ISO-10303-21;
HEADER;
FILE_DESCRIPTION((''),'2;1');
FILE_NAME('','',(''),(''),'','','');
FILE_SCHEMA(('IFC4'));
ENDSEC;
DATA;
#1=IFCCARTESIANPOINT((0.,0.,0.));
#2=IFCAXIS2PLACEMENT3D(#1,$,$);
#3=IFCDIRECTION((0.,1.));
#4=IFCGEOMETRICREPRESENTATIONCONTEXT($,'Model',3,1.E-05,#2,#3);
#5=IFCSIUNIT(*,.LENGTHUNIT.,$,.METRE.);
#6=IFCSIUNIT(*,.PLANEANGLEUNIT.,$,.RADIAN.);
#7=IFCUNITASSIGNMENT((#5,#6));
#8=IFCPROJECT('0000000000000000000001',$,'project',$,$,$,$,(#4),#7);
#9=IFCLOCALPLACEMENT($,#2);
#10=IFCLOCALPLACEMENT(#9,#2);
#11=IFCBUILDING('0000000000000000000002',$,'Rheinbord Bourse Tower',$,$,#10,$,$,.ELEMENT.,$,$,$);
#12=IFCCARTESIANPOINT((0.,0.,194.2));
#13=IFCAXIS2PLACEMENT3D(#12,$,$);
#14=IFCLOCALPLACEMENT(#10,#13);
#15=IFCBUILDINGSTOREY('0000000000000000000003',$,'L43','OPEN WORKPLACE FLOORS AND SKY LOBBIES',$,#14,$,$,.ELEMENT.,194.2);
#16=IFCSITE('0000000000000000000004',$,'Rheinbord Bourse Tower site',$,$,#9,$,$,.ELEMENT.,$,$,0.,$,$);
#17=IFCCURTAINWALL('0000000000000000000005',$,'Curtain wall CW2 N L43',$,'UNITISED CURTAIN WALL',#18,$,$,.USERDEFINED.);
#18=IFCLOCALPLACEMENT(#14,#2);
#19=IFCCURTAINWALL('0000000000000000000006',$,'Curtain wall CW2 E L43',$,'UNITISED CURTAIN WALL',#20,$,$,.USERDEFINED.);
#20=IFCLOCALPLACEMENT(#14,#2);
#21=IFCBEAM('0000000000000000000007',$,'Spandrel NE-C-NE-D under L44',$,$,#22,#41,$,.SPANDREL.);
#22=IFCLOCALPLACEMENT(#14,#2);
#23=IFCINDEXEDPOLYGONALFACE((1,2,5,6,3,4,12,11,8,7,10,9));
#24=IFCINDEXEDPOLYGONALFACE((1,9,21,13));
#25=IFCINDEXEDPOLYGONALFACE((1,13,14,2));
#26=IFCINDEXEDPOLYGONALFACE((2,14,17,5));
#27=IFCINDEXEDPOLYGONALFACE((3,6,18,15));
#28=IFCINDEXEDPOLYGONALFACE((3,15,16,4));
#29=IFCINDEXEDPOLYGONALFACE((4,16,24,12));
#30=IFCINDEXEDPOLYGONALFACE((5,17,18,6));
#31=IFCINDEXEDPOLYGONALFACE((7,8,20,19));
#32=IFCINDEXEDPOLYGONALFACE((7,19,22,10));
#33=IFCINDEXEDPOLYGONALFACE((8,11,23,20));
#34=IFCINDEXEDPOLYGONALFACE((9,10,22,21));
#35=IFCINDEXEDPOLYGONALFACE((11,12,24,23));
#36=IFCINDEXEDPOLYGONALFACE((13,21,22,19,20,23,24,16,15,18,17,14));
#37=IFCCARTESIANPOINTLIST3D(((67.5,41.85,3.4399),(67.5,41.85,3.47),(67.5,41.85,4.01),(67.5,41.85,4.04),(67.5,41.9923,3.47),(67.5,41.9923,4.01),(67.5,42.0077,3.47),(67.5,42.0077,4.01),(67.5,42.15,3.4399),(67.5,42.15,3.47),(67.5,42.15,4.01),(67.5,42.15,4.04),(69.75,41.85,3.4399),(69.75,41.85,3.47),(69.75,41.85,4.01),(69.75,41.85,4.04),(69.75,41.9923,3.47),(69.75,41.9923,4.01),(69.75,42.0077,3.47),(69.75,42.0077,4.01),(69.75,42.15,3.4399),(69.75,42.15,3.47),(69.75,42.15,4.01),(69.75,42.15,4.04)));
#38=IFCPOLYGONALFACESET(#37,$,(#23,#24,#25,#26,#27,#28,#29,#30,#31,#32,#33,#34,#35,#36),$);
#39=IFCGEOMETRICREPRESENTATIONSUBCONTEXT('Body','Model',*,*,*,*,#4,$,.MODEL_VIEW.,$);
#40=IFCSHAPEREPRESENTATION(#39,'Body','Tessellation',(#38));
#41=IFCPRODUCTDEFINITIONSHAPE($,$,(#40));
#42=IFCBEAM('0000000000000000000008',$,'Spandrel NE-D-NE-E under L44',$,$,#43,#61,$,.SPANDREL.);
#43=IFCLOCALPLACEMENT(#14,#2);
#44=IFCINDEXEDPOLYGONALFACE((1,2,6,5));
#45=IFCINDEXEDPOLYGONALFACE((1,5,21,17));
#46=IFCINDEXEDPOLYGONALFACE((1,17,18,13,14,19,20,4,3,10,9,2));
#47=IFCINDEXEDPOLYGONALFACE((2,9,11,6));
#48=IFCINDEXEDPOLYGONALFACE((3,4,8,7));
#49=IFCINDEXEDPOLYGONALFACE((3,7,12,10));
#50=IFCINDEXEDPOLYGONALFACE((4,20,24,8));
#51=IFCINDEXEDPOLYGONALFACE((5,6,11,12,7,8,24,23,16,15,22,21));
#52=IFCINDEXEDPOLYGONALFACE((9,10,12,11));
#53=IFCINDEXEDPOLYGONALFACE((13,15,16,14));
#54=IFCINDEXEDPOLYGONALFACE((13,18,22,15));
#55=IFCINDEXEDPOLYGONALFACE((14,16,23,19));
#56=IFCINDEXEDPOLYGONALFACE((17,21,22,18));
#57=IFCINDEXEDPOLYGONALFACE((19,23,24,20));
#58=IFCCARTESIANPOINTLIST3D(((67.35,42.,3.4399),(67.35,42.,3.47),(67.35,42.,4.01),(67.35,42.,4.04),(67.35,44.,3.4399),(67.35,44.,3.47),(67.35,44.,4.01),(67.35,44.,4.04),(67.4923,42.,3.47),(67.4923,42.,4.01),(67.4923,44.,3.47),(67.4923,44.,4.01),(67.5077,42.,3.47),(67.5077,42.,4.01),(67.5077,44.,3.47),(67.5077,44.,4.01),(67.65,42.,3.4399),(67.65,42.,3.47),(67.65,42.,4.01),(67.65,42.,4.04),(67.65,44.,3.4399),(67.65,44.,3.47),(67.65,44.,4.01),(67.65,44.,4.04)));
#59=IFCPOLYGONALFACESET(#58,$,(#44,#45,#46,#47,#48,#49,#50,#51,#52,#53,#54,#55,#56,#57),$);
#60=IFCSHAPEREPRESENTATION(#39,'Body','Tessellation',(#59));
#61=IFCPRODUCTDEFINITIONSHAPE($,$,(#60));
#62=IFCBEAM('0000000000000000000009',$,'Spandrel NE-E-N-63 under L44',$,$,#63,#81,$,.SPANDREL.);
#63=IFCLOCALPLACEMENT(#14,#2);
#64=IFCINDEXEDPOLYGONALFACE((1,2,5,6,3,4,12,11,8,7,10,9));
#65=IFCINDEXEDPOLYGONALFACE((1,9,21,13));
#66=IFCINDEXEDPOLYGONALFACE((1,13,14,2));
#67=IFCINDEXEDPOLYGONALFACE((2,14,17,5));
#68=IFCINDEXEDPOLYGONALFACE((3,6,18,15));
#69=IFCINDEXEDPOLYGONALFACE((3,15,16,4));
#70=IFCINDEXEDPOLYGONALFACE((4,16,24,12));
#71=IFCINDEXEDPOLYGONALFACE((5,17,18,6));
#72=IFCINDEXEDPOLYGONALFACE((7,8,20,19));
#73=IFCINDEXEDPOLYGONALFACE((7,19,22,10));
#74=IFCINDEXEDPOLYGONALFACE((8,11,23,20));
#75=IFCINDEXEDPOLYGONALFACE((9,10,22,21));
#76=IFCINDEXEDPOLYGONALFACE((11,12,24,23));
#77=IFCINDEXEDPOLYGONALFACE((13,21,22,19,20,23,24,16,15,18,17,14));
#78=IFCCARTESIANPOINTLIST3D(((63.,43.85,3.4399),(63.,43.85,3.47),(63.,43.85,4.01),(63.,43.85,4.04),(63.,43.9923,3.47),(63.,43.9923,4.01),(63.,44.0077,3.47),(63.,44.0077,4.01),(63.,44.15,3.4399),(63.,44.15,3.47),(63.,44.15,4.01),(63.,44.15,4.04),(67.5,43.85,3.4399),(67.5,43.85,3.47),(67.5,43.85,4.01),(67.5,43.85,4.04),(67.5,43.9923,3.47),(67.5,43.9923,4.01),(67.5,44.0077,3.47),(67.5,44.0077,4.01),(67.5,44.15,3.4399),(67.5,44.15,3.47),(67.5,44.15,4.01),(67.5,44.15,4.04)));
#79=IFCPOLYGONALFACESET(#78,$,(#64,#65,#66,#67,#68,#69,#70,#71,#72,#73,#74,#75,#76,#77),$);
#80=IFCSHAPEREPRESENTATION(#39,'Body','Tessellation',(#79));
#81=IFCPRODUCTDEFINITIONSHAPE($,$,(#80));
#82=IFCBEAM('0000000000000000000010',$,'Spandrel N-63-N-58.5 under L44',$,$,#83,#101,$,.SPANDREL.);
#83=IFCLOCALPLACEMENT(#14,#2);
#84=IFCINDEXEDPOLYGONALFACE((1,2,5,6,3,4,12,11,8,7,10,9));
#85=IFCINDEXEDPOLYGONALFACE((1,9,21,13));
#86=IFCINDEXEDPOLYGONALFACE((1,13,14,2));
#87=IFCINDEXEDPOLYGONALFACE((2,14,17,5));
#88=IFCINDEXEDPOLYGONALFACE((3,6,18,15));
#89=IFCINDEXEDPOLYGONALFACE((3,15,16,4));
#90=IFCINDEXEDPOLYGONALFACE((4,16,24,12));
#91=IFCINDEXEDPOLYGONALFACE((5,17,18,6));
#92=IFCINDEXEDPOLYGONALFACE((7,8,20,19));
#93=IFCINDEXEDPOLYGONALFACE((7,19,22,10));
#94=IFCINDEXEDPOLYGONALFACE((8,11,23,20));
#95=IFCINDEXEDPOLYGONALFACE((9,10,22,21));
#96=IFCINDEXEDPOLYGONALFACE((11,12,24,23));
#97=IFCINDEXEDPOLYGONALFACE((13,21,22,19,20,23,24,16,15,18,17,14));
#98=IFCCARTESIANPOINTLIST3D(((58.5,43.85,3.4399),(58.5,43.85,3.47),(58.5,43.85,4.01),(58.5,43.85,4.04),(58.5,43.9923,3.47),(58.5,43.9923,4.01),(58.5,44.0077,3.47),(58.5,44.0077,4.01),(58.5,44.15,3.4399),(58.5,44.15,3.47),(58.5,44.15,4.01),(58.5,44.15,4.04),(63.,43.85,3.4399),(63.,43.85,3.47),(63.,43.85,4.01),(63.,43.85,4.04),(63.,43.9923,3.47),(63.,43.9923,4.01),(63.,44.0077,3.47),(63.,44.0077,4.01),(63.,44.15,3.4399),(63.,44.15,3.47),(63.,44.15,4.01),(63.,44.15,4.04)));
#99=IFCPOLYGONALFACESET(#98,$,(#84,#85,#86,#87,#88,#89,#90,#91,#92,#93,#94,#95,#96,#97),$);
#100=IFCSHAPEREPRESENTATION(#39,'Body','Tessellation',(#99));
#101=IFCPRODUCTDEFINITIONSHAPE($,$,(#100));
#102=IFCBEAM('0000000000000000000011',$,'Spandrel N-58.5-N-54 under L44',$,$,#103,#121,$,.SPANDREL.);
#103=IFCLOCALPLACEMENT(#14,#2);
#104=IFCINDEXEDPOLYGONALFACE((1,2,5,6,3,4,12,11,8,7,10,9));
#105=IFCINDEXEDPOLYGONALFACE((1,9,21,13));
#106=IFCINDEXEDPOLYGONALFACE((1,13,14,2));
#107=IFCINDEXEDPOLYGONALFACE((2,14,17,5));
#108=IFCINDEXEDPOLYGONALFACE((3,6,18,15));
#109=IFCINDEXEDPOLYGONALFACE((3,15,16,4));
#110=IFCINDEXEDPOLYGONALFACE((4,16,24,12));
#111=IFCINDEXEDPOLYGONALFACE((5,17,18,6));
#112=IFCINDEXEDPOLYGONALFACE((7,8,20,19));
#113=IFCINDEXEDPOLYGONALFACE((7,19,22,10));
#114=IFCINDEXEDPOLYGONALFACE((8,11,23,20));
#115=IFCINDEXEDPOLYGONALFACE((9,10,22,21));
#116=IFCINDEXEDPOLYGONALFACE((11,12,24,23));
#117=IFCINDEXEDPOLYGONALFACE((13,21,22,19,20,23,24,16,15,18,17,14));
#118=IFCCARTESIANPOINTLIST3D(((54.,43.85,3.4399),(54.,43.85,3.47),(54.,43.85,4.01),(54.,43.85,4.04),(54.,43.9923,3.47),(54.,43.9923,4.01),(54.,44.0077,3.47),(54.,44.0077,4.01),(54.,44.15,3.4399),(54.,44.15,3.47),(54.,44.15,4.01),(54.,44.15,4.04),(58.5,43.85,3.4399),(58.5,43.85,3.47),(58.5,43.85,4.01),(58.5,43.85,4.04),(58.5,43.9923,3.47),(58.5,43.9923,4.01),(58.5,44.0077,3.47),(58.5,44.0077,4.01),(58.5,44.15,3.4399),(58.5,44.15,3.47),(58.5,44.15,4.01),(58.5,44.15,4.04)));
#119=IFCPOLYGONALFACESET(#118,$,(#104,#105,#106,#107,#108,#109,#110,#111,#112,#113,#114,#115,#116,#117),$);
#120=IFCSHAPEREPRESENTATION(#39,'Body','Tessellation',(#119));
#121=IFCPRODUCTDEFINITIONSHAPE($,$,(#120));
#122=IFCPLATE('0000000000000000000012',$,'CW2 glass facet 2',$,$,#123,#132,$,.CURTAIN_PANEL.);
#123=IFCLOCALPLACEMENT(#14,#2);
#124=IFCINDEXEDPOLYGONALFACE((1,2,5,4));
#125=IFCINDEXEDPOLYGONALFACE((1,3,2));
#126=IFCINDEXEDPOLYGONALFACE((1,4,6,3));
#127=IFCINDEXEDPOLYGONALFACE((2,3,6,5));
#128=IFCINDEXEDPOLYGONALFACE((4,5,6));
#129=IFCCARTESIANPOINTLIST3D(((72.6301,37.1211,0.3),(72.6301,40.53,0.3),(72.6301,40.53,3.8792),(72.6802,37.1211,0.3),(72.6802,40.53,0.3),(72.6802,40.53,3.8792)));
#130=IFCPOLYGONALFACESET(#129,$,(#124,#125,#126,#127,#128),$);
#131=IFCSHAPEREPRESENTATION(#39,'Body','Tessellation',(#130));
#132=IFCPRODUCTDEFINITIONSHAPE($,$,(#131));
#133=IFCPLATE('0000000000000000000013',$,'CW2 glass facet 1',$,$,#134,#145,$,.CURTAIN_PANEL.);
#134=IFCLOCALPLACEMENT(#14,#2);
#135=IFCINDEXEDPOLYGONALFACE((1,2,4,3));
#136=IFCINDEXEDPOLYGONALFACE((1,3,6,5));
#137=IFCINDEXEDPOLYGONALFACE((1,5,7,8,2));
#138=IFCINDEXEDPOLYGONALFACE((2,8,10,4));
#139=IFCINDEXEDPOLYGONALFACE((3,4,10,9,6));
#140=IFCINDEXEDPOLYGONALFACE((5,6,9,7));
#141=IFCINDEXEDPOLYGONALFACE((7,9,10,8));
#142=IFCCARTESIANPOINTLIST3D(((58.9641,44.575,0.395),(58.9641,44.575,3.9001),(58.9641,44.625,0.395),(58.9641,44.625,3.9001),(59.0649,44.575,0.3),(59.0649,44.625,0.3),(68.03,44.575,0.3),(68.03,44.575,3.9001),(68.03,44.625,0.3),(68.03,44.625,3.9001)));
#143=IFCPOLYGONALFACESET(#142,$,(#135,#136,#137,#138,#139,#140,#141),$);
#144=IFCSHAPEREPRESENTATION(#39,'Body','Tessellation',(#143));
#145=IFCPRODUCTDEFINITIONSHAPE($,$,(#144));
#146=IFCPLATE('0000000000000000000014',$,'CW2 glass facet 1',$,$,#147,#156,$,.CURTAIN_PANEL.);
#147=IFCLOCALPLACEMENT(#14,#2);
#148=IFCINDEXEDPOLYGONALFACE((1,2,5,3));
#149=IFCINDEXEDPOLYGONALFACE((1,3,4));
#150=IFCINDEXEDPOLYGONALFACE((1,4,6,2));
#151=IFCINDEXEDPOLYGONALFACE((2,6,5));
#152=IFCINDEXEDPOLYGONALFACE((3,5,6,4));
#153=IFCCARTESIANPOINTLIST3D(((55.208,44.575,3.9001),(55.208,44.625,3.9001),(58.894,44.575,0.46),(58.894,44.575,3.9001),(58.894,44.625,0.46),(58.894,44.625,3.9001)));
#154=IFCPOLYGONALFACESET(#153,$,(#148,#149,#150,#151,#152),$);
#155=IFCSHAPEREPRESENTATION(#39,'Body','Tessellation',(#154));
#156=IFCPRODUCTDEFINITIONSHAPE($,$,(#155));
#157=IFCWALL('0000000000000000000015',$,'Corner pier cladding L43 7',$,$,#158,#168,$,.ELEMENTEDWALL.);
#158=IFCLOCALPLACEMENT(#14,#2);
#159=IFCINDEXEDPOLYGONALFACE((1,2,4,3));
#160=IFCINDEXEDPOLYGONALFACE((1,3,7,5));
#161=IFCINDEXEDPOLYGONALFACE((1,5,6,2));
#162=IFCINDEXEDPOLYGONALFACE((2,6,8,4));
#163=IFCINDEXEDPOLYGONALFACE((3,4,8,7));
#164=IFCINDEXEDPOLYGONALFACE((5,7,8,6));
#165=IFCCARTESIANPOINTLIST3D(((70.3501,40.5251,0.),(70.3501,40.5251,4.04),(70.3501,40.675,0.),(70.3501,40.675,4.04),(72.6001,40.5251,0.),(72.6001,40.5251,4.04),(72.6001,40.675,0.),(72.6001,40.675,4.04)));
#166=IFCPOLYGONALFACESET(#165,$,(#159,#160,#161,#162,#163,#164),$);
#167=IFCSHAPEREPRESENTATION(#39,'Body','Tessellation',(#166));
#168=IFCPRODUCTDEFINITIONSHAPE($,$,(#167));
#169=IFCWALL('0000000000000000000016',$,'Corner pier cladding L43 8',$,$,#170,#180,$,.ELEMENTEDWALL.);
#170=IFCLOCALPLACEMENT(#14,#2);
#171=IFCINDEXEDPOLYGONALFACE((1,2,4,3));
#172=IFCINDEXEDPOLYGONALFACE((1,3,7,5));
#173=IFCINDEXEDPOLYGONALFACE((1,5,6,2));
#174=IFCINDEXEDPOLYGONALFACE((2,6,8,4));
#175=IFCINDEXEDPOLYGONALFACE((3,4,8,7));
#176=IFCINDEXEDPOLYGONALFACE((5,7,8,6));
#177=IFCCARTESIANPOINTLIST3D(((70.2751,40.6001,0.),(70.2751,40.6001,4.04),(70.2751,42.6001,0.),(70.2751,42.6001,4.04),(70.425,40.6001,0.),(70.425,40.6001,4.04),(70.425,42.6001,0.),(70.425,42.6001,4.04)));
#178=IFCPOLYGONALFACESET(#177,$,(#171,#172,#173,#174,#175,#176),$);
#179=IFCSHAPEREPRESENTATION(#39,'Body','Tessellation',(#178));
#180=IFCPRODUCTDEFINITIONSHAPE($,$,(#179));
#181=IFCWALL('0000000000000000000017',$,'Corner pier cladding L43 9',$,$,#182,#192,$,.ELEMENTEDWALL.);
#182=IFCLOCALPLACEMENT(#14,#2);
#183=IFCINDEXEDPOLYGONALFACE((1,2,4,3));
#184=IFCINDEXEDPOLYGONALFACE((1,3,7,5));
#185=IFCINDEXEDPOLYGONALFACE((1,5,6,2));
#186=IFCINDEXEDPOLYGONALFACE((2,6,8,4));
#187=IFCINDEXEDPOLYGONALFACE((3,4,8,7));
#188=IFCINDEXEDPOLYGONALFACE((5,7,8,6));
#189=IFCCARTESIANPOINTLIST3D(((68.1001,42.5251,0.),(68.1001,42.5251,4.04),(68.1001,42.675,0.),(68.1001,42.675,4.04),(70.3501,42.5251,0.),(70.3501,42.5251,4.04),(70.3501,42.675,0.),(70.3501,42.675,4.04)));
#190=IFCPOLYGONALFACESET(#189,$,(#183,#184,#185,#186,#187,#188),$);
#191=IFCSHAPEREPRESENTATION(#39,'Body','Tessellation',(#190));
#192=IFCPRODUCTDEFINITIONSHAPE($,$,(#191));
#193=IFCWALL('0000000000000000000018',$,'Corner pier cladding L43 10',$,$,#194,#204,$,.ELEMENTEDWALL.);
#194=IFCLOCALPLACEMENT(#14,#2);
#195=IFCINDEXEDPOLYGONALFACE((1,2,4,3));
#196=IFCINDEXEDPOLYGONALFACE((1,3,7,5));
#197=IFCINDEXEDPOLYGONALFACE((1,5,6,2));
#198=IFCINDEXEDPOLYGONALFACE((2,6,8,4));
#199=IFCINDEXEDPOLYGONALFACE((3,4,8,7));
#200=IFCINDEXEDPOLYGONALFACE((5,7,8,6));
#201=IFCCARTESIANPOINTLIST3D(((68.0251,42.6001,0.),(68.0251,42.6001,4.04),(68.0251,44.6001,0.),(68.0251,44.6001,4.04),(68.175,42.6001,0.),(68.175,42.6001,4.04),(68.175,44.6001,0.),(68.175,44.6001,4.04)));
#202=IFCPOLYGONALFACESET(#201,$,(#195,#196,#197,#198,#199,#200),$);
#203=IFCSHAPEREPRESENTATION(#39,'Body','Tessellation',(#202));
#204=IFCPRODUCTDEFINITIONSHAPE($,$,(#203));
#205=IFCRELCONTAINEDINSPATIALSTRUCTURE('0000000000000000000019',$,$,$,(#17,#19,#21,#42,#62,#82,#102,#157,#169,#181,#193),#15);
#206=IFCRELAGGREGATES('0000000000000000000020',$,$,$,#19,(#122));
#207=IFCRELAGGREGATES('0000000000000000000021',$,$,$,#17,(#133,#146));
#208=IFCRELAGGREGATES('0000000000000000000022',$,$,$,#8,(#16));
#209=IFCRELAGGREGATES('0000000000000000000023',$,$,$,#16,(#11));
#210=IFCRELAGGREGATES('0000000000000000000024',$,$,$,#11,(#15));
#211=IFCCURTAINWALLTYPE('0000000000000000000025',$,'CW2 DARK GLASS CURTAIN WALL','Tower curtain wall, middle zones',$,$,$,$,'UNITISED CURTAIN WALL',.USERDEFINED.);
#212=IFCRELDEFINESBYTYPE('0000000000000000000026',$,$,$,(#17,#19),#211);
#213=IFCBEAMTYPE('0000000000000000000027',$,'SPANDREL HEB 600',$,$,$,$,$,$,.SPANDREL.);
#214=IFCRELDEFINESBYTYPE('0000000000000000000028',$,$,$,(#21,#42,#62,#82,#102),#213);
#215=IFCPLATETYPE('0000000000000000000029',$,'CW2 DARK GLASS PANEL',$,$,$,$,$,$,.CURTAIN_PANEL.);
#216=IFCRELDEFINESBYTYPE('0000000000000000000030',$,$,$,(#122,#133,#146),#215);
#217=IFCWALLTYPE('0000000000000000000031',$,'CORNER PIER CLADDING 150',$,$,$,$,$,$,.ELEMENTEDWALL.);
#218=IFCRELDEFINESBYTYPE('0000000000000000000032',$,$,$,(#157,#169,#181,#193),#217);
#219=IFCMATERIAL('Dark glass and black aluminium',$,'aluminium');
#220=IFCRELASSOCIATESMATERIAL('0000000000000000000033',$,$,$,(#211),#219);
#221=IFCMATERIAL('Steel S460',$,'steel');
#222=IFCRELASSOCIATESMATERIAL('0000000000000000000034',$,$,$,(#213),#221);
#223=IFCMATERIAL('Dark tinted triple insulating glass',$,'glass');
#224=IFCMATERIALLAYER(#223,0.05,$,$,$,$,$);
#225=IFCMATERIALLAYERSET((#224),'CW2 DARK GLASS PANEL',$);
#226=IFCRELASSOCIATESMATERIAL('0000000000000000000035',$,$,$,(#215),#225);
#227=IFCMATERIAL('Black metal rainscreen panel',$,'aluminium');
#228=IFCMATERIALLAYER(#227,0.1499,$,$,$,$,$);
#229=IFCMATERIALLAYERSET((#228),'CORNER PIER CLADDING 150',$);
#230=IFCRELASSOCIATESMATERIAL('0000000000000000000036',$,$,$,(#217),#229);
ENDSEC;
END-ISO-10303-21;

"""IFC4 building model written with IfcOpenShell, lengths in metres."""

from ifc_helpers import new_model, si_unit, direction, frame, frame_2d, origin, origin_2d, place, context, subcontext, project, spatial, polyline, rectangle, i_section, outline, extrude, material, layer, layer_set, material_profile, profile_set, type_object, element, aggregate, save


model = new_model("IFC4")

# Units and contexts
model_context = context("Model", 3, precision=1e-05, world=origin(), true_north=direction((0.0, 1.0)))
body_context = subcontext(model_context, "Body", "Model", "MODEL_VIEW")
ifc_project = project(units=[si_unit("LENGTHUNIT", "METRE"), si_unit("PLANEANGLEUNIT", "RADIAN")], contexts=[model_context])

# Site, building, storey
site_placement = place(None, origin())
site = spatial("IfcSite", under=ifc_project, at=site_placement, Name="Rheinbord Bourse Tower site", CompositionType="ELEMENT", RefElevation=0.0)
building_placement = place(site_placement, origin())
building = spatial("IfcBuilding", under=site, at=building_placement, Name="Rheinbord Bourse Tower", CompositionType="ELEMENT")
storey_placement = place(building_placement, frame((0.0, 0.0, 194.2)))
storey = spatial("IfcBuildingStorey", under=building, at=storey_placement, Name="L43", Description="OPEN WORKPLACE FLOORS AND SKY LOBBIES", CompositionType="ELEMENT", Elevation=194.2)

# Curtain walls
ifc_material_1 = material(Name="Dark glass and black aluminium", Category="aluminium")
curtain_wall_type = type_object("IfcCurtainWallType", Name="CW2 DARK GLASS CURTAIN WALL", Description="Tower curtain wall, middle zones", ElementType="UNITISED CURTAIN WALL", PredefinedType="USERDEFINED", material=ifc_material_1)
curtain_wall_1_placement = place(storey_placement, origin())
curtain_wall_1 = element("IfcCurtainWall", 1, at=curtain_wall_1_placement, inside=storey, type_object=curtain_wall_type, Name="Curtain wall CW2 N L43", ObjectType="UNITISED CURTAIN WALL", PredefinedType="USERDEFINED")
curtain_wall_2_placement = place(storey_placement, origin())
curtain_wall_2 = element("IfcCurtainWall", 2, at=curtain_wall_2_placement, inside=storey, type_object=curtain_wall_type, Name="Curtain wall CW2 E L43", ObjectType="UNITISED CURTAIN WALL", PredefinedType="USERDEFINED")

# Beams
ifc_material_2 = material(Name="Steel S460", Category="steel")
ifc_material_profile_1 = material_profile(ifc_material_2, i_section(OverallWidth=0.3, OverallDepth=0.6001, WebThickness=0.0154, FlangeThickness=0.03, at=origin_2d()), Name="HEB 600")
ifc_profile_set_1 = profile_set([ifc_material_profile_1], Name="Steel S460")
beam_type_1 = type_object("IfcBeamType", Name="SPANDREL HEB 600", PredefinedType="SPANDREL", material=ifc_profile_set_1)
for number, where, z_axis, x_axis, name in (
    (3, (69.75, 42.0, 3.74), (-1.0, 0.0, 0.0), (0.0, -1.0, 0.0), "Spandrel NE-C-NE-D under L44"),
):
    element("IfcBeam", number, at=place(storey_placement, frame(where, z_axis=z_axis, x_axis=x_axis)), inside=storey, type_object=beam_type_1, Name=name, PredefinedType="SPANDREL", context=body_context, shape_type="SweptSolid", body=[
        extrude(i_section(OverallWidth=0.3, OverallDepth=0.6001, WebThickness=0.0154, FlangeThickness=0.03, at=origin_2d()), origin(), (0.0, 0.0, 1.0), 2.25),
    ])
beam_placement = place(storey_placement, frame((67.5, 42.0, 3.74), z_axis=(0.0, 1.0, 0.0), x_axis=(-1.0, 0.0, 0.0)))
element("IfcBeam", 4, at=beam_placement, inside=storey, type_object=beam_type_1, Name="Spandrel NE-D-NE-E under L44", PredefinedType="SPANDREL", context=body_context, shape_type="SweptSolid", body=[
    extrude(i_section(OverallWidth=0.3, OverallDepth=0.6001, WebThickness=0.0154, FlangeThickness=0.03, at=origin_2d()), origin(), (0.0, 0.0, 1.0), 2.0),
])
for number, where, z_axis, x_axis, name in (
    (5, (67.5, 44.0, 3.74), (-1.0, 0.0, 0.0), (0.0, -1.0, 0.0), "Spandrel NE-E-N-63 under L44"),
    (6, (63.0, 44.0, 3.74), (-1.0, 0.0, 0.0), (0.0, -1.0, 0.0), "Spandrel N-63-N-58.5 under L44"),
    (7, (58.5, 44.0, 3.74), (-1.0, 0.0, 0.0), (0.0, -1.0, 0.0), "Spandrel N-58.5-N-54 under L44"),
):
    element("IfcBeam", number, at=place(storey_placement, frame(where, z_axis=z_axis, x_axis=x_axis)), inside=storey, type_object=beam_type_1, Name=name, PredefinedType="SPANDREL", context=body_context, shape_type="SweptSolid", body=[
        extrude(i_section(OverallWidth=0.3, OverallDepth=0.6001, WebThickness=0.0154, FlangeThickness=0.03, at=origin_2d()), origin(), (0.0, 0.0, 1.0), 4.5),
    ])

# Plates
ifc_material_3 = material(Name="Dark tinted triple insulating glass", Category="glass")
ifc_layer_1 = layer(ifc_material_3, 0.05)
ifc_layer_set_1 = layer_set([ifc_layer_1], Name="CW2 DARK GLASS PANEL")
plate_type = type_object("IfcPlateType", Name="CW2 DARK GLASS PANEL", PredefinedType="CURTAIN_PANEL", material=ifc_layer_set_1)
plate_1_placement = place(storey_placement, frame((72.6802, 40.53, 0.3), z_axis=(-1.0, 0.0, 0.0), x_axis=(0.0, -1.0, 0.0)))
plate_1 = element("IfcPlate", 8, at=plate_1_placement, type_object=plate_type, Name="CW2 glass facet 2", PredefinedType="CURTAIN_PANEL", context=body_context, shape_type="SweptSolid", body=[
    extrude(outline(polyline([(0.0, 0.0), (3.4089, 0.0), (0.0, 3.5791), (0.0, 0.0)])), origin(), (0.0, 0.0, 1.0), 0.05),
])
aggregate(curtain_wall_2, [plate_1])
plate_2_placement = place(storey_placement, frame((68.03, 44.625, 0.3), z_axis=(0.0, -1.0, 0.0), x_axis=(0.0, 0.0, 1.0)))
plate_2 = element("IfcPlate", 9, at=plate_2_placement, type_object=plate_type, Name="CW2 glass facet 1", PredefinedType="CURTAIN_PANEL", context=body_context, shape_type="SweptSolid", body=[
    extrude(outline(polyline([(0.0, 0.0), (3.6001, 0.0), (3.6001, 9.0659), (0.095, 9.0659), (0.0, 8.9651), (0.0, 0.0)])), origin(), (0.0, 0.0, 1.0), 0.05),
])
plate_3_placement = place(storey_placement, frame((58.894, 44.625, 3.9001), z_axis=(0.0, -1.0, 0.0), x_axis=(-1.0, 0.0, 0.0)))
plate_3 = element("IfcPlate", 10, at=plate_3_placement, type_object=plate_type, Name="CW2 glass facet 1", PredefinedType="CURTAIN_PANEL", context=body_context, shape_type="SweptSolid", body=[
    extrude(outline(polyline([(0.0, 0.0), (3.686, 0.0), (0.0, 3.4402), (0.0, 0.0)])), origin(), (0.0, 0.0, 1.0), 0.05),
])
aggregate(curtain_wall_1, [plate_2, plate_3])

# Walls
ifc_material_4 = material(Name="Black metal rainscreen panel", Category="aluminium")
ifc_layer_2 = layer(ifc_material_4, 0.1499)
ifc_layer_set_2 = layer_set([ifc_layer_2], Name="CORNER PIER CLADDING 150")
wall_type = type_object("IfcWallType", Name="CORNER PIER CLADDING 150", PredefinedType="ELEMENTEDWALL", material=ifc_layer_set_2)
wall_1_placement = place(storey_placement, frame((72.6001, 40.6001, 0.0), z_axis=(0.0, 0.0, 1.0), x_axis=(-1.0, 0.0, 0.0)))
element("IfcWall", 11, at=wall_1_placement, inside=storey, type_object=wall_type, Name="Corner pier cladding L43 7", PredefinedType="ELEMENTEDWALL", context=body_context, shape_type="SweptSolid", body=[
    extrude(rectangle(XDim=2.25, YDim=0.1499, at=frame_2d((1.125, 0.0))), origin(), (0.0, 0.0, 1.0), 4.04),
])
wall_2_placement = place(storey_placement, frame((70.3501, 40.6001, 0.0), z_axis=(0.0, 0.0, 1.0), x_axis=(0.0, 1.0, 0.0)))
element("IfcWall", 12, at=wall_2_placement, inside=storey, type_object=wall_type, Name="Corner pier cladding L43 8", PredefinedType="ELEMENTEDWALL", context=body_context, shape_type="SweptSolid", body=[
    extrude(rectangle(XDim=2.0, YDim=0.1499, at=frame_2d((1.0, 0.0))), origin(), (0.0, 0.0, 1.0), 4.04),
])
wall_3_placement = place(storey_placement, frame((70.3501, 42.6001, 0.0), z_axis=(0.0, 0.0, 1.0), x_axis=(-1.0, 0.0, 0.0)))
element("IfcWall", 13, at=wall_3_placement, inside=storey, type_object=wall_type, Name="Corner pier cladding L43 9", PredefinedType="ELEMENTEDWALL", context=body_context, shape_type="SweptSolid", body=[
    extrude(rectangle(XDim=2.25, YDim=0.1499, at=frame_2d((1.125, 0.0))), origin(), (0.0, 0.0, 1.0), 4.04),
])
wall_4_placement = place(storey_placement, frame((68.1001, 42.6001, 0.0), z_axis=(0.0, 0.0, 1.0), x_axis=(0.0, 1.0, 0.0)))
element("IfcWall", 14, at=wall_4_placement, inside=storey, type_object=wall_type, Name="Corner pier cladding L43 10", PredefinedType="ELEMENTEDWALL", context=body_context, shape_type="SweptSolid", body=[
    extrude(rectangle(XDim=2.0, YDim=0.1499, at=frame_2d((1.0, 0.0))), origin(), (0.0, 0.0, 1.0), 4.04),
])

save(model, "model.ifc")
